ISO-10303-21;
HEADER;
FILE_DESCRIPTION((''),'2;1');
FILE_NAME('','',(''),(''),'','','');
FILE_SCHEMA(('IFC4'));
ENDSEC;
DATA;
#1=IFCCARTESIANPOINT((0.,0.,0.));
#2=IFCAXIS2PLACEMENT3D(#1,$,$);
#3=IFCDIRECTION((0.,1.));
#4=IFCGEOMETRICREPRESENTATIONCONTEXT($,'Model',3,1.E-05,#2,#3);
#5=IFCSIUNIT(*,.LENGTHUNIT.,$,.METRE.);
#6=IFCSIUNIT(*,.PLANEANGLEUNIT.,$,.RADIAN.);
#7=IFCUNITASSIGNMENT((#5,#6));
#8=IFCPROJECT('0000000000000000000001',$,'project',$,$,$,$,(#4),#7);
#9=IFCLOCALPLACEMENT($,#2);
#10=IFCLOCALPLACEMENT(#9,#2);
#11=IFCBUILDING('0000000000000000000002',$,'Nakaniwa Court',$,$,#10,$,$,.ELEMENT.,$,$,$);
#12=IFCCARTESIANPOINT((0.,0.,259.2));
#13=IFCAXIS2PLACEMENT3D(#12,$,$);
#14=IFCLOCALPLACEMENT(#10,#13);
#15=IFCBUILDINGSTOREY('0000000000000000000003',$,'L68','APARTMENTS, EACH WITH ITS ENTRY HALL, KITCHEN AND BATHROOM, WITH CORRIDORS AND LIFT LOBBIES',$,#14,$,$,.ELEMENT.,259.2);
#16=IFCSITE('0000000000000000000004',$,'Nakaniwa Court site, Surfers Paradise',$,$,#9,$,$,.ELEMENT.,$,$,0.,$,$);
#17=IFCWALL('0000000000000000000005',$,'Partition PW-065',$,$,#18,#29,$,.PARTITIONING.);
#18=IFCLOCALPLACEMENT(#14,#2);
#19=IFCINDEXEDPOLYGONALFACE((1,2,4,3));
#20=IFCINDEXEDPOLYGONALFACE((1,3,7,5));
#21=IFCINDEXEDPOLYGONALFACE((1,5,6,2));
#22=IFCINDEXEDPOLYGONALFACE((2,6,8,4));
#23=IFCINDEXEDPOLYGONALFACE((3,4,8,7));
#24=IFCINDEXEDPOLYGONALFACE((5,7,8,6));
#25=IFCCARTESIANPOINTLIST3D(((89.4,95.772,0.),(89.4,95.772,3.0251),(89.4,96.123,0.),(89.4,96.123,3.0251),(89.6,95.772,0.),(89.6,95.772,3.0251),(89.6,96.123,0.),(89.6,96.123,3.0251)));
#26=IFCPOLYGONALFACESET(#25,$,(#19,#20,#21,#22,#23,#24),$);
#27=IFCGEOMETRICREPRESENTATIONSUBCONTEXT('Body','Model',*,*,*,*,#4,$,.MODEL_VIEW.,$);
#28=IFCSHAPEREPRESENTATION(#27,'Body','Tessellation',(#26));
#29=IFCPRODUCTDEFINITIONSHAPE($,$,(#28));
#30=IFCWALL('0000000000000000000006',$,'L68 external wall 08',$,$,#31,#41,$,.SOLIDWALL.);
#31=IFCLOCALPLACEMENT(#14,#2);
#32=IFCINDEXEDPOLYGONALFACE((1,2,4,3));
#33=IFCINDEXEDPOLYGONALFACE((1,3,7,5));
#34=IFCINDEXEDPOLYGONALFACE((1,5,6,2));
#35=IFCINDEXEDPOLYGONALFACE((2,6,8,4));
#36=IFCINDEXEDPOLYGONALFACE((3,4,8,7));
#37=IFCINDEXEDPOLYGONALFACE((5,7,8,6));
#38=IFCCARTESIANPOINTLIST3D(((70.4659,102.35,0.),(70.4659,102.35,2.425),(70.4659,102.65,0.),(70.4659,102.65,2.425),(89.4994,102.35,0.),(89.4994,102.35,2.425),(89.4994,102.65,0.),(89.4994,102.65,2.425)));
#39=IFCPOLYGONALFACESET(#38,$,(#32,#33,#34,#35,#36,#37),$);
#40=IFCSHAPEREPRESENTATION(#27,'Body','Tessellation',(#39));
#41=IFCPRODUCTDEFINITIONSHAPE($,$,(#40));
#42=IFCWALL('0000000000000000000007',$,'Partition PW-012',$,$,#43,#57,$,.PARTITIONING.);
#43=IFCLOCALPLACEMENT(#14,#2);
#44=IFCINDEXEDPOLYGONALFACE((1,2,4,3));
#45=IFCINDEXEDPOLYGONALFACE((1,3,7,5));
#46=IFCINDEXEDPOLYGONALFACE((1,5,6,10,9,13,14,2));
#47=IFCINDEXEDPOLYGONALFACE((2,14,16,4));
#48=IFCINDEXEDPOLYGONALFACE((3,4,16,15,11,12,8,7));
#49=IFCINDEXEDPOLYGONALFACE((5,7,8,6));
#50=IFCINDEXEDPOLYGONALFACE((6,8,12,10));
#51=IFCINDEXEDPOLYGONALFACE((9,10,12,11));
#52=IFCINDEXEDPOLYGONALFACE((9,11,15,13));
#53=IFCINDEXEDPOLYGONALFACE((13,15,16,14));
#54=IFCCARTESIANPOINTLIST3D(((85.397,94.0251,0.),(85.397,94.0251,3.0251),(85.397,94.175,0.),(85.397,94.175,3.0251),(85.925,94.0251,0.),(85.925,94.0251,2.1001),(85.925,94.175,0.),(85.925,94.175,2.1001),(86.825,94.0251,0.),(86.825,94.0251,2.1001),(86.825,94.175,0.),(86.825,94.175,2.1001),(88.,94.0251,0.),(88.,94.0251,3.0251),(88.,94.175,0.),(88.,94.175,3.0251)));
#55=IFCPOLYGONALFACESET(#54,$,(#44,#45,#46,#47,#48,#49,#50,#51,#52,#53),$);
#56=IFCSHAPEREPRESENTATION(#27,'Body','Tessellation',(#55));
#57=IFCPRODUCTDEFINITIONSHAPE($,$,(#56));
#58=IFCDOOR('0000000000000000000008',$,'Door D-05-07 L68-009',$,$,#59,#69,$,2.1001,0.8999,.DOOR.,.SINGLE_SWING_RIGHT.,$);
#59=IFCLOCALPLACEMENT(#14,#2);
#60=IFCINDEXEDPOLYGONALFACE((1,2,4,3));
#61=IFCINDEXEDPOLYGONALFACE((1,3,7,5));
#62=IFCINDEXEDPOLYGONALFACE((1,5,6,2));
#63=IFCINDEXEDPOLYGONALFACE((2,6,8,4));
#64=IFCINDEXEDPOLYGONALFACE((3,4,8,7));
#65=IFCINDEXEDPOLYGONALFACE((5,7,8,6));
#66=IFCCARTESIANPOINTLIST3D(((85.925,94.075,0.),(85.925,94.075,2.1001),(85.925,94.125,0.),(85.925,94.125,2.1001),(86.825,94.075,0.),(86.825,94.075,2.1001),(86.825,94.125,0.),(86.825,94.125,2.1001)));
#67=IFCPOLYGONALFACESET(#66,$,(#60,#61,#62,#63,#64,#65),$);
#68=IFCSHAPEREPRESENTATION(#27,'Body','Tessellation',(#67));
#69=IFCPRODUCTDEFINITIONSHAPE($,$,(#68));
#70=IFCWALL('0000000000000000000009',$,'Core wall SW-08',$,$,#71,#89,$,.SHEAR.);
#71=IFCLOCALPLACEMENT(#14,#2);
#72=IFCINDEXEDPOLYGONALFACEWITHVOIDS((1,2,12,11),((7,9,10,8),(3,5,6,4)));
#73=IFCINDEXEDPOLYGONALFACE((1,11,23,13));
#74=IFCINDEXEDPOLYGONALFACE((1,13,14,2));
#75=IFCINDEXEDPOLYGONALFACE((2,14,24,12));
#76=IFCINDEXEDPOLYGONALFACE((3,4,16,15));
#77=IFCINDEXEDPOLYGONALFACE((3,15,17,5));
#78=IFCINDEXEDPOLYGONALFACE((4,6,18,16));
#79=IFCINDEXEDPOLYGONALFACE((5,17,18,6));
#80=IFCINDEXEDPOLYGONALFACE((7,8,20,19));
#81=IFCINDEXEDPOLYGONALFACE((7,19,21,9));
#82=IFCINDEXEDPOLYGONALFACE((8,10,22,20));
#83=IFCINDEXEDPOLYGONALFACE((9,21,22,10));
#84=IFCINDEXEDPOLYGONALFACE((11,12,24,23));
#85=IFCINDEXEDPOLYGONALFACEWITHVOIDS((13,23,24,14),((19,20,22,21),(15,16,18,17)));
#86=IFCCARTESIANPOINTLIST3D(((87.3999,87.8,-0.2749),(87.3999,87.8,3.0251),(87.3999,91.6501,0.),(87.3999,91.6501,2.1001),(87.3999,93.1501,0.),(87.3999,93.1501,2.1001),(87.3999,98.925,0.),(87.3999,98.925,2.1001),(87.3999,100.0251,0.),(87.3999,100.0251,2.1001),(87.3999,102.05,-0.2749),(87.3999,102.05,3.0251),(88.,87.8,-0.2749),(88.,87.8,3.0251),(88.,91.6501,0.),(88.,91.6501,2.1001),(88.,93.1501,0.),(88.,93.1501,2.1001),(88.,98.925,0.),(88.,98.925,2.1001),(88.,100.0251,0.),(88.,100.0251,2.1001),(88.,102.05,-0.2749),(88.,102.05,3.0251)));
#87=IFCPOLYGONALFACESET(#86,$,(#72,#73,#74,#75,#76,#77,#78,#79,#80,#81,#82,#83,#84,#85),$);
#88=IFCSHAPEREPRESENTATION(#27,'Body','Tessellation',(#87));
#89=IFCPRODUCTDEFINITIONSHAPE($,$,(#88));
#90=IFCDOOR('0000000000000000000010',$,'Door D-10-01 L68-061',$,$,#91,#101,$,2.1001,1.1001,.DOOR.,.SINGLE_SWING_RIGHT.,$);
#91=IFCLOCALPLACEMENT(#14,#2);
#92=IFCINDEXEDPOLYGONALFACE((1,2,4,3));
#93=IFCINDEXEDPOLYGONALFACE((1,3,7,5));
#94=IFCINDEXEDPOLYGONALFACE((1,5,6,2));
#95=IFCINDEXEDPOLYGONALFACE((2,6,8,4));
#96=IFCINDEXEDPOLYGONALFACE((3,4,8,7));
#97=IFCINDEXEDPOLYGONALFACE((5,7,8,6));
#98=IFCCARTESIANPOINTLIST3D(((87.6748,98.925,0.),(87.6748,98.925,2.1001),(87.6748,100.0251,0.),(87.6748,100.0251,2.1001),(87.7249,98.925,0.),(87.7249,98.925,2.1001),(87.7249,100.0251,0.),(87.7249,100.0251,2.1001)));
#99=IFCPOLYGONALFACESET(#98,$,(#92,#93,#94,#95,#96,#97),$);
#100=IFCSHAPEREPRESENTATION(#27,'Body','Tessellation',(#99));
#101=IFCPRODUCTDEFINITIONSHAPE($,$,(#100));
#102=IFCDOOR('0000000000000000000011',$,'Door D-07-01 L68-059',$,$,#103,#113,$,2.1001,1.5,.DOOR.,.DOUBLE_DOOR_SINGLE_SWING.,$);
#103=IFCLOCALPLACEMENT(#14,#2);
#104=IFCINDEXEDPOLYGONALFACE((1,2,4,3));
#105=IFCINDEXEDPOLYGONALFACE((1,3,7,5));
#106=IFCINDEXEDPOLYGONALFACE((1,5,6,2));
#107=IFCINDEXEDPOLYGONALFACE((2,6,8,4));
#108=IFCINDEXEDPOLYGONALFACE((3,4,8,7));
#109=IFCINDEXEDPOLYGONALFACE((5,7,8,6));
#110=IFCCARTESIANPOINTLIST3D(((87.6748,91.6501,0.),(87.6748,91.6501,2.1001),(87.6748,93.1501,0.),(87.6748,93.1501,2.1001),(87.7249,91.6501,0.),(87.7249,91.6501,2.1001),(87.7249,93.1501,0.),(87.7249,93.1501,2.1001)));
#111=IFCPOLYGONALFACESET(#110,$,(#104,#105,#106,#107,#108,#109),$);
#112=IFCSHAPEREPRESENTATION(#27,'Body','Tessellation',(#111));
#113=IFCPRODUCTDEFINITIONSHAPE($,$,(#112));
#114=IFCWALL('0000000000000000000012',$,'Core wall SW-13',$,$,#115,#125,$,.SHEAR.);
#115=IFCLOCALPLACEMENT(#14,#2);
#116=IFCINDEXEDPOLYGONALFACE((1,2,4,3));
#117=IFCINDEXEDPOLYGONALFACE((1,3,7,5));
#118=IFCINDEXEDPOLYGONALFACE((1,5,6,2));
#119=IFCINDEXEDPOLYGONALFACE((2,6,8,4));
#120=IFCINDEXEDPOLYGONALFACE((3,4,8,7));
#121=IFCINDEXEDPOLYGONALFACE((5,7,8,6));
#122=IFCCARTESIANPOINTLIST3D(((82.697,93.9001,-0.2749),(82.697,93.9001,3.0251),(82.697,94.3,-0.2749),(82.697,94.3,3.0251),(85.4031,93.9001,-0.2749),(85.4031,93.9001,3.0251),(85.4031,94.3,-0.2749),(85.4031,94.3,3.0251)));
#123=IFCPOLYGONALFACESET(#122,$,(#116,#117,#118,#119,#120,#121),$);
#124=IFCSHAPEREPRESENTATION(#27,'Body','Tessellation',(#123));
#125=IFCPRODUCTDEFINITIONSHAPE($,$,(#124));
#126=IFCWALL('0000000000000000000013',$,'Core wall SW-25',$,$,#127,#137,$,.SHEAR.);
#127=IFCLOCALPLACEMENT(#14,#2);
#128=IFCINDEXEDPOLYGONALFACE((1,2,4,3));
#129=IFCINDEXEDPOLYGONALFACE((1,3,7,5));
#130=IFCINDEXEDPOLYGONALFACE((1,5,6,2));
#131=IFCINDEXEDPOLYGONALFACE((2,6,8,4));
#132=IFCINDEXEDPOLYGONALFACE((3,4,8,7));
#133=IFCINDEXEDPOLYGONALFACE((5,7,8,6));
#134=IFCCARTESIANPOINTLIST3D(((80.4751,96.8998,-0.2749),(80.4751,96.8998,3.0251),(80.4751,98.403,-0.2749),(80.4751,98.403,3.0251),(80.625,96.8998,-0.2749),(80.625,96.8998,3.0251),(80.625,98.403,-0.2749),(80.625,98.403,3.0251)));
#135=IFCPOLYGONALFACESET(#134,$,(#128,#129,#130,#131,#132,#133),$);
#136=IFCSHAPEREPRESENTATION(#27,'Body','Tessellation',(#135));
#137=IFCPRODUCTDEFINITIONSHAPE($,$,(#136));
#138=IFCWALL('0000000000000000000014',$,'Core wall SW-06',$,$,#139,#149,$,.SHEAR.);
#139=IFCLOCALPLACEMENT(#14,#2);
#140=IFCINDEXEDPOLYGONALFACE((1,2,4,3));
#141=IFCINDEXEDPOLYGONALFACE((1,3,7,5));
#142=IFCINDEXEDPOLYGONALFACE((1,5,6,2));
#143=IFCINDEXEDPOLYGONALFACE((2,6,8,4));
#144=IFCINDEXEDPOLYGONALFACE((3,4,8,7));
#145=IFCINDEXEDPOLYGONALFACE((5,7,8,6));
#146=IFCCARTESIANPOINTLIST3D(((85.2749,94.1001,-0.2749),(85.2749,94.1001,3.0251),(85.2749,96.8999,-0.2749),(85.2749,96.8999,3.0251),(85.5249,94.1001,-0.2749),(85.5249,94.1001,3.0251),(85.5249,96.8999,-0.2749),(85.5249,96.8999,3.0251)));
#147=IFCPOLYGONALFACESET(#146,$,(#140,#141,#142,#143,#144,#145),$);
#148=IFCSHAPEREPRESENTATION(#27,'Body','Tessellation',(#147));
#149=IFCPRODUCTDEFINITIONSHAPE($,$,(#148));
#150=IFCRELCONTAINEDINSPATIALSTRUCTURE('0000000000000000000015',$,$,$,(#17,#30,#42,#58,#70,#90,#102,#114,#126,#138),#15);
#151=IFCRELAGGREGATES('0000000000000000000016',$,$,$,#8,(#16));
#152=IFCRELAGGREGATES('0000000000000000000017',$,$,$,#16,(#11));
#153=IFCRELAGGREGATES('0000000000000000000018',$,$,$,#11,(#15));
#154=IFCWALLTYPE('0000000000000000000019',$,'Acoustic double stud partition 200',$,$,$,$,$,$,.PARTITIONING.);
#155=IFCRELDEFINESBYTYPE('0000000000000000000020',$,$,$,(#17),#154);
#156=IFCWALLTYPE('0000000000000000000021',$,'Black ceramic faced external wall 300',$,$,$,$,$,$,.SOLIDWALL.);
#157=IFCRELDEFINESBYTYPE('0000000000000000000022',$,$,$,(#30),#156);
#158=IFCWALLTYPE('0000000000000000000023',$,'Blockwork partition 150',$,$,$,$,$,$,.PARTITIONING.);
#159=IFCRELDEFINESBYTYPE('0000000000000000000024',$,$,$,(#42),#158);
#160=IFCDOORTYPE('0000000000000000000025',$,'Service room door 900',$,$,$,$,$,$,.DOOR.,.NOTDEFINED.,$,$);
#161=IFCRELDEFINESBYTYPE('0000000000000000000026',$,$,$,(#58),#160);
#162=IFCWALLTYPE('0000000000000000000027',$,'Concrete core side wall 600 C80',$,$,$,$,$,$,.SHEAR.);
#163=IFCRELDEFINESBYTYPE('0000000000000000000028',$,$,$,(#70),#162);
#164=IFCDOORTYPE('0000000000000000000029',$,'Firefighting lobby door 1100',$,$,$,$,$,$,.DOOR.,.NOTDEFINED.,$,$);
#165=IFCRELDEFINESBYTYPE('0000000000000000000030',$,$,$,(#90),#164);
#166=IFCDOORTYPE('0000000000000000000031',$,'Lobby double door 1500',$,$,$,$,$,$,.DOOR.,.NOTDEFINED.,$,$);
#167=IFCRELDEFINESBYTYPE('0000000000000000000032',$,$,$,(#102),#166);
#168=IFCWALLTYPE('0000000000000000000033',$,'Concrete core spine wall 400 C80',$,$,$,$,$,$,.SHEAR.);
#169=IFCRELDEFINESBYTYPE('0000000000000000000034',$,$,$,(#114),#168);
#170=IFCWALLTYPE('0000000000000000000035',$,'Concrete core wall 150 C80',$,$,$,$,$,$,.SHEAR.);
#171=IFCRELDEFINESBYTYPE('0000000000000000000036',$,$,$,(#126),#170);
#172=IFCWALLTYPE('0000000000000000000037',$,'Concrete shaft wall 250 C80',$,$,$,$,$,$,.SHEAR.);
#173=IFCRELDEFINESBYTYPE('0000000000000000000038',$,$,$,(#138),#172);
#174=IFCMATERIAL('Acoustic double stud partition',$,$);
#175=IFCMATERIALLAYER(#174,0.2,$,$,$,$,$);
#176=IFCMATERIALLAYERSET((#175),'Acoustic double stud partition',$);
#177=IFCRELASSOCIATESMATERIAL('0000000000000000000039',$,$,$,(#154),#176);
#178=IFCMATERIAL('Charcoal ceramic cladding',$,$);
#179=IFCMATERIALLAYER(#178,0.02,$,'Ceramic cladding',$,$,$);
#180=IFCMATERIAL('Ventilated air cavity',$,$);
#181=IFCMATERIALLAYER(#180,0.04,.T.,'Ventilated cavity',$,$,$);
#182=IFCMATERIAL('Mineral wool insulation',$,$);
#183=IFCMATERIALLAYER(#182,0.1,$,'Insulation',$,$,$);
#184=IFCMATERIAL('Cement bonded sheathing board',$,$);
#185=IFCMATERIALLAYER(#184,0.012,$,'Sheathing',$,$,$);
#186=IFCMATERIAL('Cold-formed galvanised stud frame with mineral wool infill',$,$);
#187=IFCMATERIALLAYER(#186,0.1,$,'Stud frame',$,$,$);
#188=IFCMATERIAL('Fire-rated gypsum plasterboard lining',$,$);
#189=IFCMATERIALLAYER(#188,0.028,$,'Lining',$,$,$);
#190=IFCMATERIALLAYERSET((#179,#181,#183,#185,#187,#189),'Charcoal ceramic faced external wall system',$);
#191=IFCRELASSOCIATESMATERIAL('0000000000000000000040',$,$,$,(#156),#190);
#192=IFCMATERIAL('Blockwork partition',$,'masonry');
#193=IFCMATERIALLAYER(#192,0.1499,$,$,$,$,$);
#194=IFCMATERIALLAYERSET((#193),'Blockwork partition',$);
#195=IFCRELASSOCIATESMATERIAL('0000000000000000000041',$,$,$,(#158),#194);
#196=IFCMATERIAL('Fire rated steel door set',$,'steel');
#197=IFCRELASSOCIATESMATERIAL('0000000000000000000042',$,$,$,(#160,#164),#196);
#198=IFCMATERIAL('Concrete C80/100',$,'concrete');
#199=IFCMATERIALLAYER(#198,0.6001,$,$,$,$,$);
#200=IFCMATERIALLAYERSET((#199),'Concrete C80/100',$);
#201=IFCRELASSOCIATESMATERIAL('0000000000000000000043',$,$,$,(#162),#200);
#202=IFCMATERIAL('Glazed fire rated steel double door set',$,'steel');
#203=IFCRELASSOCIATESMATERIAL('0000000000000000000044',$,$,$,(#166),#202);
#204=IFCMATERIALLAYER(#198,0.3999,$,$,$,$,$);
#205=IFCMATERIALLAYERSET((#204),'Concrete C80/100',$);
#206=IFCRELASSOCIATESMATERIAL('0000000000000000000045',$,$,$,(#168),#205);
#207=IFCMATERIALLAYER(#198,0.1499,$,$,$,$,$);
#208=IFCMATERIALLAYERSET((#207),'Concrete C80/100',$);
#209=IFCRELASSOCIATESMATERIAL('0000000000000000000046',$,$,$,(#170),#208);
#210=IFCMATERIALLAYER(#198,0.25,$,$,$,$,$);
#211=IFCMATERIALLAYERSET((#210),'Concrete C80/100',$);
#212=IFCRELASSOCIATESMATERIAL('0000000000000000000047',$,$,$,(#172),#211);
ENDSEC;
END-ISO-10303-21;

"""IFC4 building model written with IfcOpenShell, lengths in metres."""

from ifc_helpers import new_model, si_unit, direction, frame, frame_2d, origin, place, context, subcontext, project, spatial, rectangle, extrude, material, layer, layer_set, type_object, element, fill, save


model = new_model("IFC4")

# Units and contexts
model_context = context("Model", 3, precision=1e-05, world=origin(), true_north=direction((0.0, 1.0)))
body_context = subcontext(model_context, "Body", "Model", "MODEL_VIEW")
ifc_project = project(units=[si_unit("LENGTHUNIT", "METRE"), si_unit("PLANEANGLEUNIT", "RADIAN")], contexts=[model_context])

# Site, building, storey
site_placement = place(None, origin())
site = spatial("IfcSite", under=ifc_project, at=site_placement, Name="Nakaniwa Court site, Surfers Paradise", CompositionType="ELEMENT", RefElevation=0.0)
building_placement = place(site_placement, origin())
building = spatial("IfcBuilding", under=site, at=building_placement, Name="Nakaniwa Court", CompositionType="ELEMENT")
storey_placement = place(building_placement, frame((0.0, 0.0, 259.2)))
storey = spatial("IfcBuildingStorey", under=building, at=storey_placement, Name="L68", Description="APARTMENTS, EACH WITH ITS ENTRY HALL, KITCHEN AND BATHROOM, WITH CORRIDORS AND LIFT LOBBIES", CompositionType="ELEMENT", Elevation=259.2)

# Walls
ifc_material_1 = material(Name="Acoustic double stud partition")
ifc_layer_1 = layer(ifc_material_1, 0.2)
ifc_layer_set_1 = layer_set([ifc_layer_1], Name="Acoustic double stud partition")
wall_type_1 = type_object("IfcWallType", Name="Acoustic double stud partition 200", PredefinedType="PARTITIONING", material=ifc_layer_set_1)
wall_1_placement = place(storey_placement, frame((89.5, 95.772, 0.0), z_axis=(0.0, 0.0, 1.0), x_axis=(0.0, 1.0, 0.0)))
element("IfcWall", 1, at=wall_1_placement, inside=storey, type_object=wall_type_1, Name="Partition PW-065", PredefinedType="PARTITIONING", context=body_context, shape_type="SweptSolid", body=[
    extrude(rectangle(XDim=0.3511, YDim=0.2, at=frame_2d((0.1755, 0.0))), origin(), (0.0, 0.0, 1.0), 3.0251),
])
ifc_material_2 = material(Name="Charcoal ceramic cladding")
ifc_layer_2 = layer(ifc_material_2, 0.02, Name="Ceramic cladding")
ifc_material_3 = material(Name="Ventilated air cavity")
ifc_layer_3 = layer(ifc_material_3, 0.04, ventilated=True, Name="Ventilated cavity")
ifc_material_4 = material(Name="Mineral wool insulation")
ifc_layer_4 = layer(ifc_material_4, 0.1, Name="Insulation")
ifc_material_5 = material(Name="Cement bonded sheathing board")
ifc_layer_5 = layer(ifc_material_5, 0.012, Name="Sheathing")
ifc_material_6 = material(Name="Cold-formed galvanised stud frame with mineral wool infill")
ifc_layer_6 = layer(ifc_material_6, 0.1, Name="Stud frame")
ifc_material_7 = material(Name="Fire-rated gypsum plasterboard lining")
ifc_layer_7 = layer(ifc_material_7, 0.028, Name="Lining")
ifc_layer_set_2 = layer_set([ifc_layer_2, ifc_layer_3, ifc_layer_4, ifc_layer_5, ifc_layer_6, ifc_layer_7], Name="Charcoal ceramic faced external wall system")
wall_type_2 = type_object("IfcWallType", Name="Black ceramic faced external wall 300", PredefinedType="SOLIDWALL", material=ifc_layer_set_2)
wall_2_placement = place(storey_placement, frame((89.4993, 102.5, 0.0), z_axis=(0.0, 0.0, 1.0), x_axis=(-1.0, 0.0, 0.0)))
element("IfcWall", 2, at=wall_2_placement, inside=storey, type_object=wall_type_2, Name="L68 external wall 08", PredefinedType="SOLIDWALL", context=body_context, shape_type="SweptSolid", body=[
    extrude(rectangle(XDim=19.0334, YDim=0.3, at=frame_2d((9.5166, 0.0))), origin(), (0.0, 0.0, 1.0), 2.425),
])

# Wall, opening, door
ifc_material_8 = material(Name="Blockwork partition", Category="masonry")
ifc_layer_8 = layer(ifc_material_8, 0.1499)
ifc_layer_set_3 = layer_set([ifc_layer_8], Name="Blockwork partition")
wall_type_3 = type_object("IfcWallType", Name="Blockwork partition 150", PredefinedType="PARTITIONING", material=ifc_layer_set_3)
wall_3_placement = place(storey_placement, frame((85.397, 94.1001, 0.0), z_axis=(0.0, 0.0, 1.0), x_axis=(1.0, 0.0, 0.0)))
wall_3 = element("IfcWall", 3, at=wall_3_placement, inside=storey, type_object=wall_type_3, Name="Partition PW-012", PredefinedType="PARTITIONING", context=body_context, shape_type="SweptSolid", body=[
    extrude(rectangle(XDim=2.603, YDim=0.1499, at=frame_2d((1.3015, 0.0))), origin(), (0.0, 0.0, 1.0), 3.0251),
])
opening_1_placement = place(wall_3_placement, frame((0.5281, 0.0, 0.0)))
opening_1 = element("IfcOpeningElement", 4, at=opening_1_placement, cuts=wall_3, PredefinedType="OPENING", context=body_context, shape_type="SweptSolid", body=[
    extrude(rectangle(XDim=0.8999, YDim=2.1001, at=frame_2d((0.45, 1.05))), frame((0.0, 0.085, 0.0), z_axis=(0.0, -1.0, 0.0), x_axis=(1.0, 0.0, 0.0)), (0.0, 0.0, 1.0), 0.1699),
])
ifc_material_9 = material(Name="Fire rated steel door set", Category="steel")
door_type_1 = type_object("IfcDoorType", Name="Service room door 900", OperationType="NOTDEFINED", PredefinedType="DOOR", material=ifc_material_9)
door_1_placement = place(opening_1_placement, origin())
door_1 = element("IfcDoor", 5, at=door_1_placement, inside=storey, type_object=door_type_1, Name="Door D-05-07 L68-009", OperationType="SINGLE_SWING_RIGHT", OverallHeight=2.1001, OverallWidth=0.8999, PredefinedType="DOOR", context=body_context, shape_type="SweptSolid", body=[
    extrude(rectangle(XDim=0.8999, YDim=2.1001, at=frame_2d((0.45, 1.05))), frame((0.0, 0.0249, 0.0), z_axis=(0.0, -1.0, 0.0), x_axis=(1.0, 0.0, 0.0)), (0.0, 0.0, 1.0), 0.05),
])
fill(opening_1, door_1)

# Wall, openings, doors
ifc_material_10 = material(Name="Concrete C80/100", Category="concrete")
ifc_layer_9 = layer(ifc_material_10, 0.6001)
ifc_layer_set_4 = layer_set([ifc_layer_9], Name="Concrete C80/100")
wall_type_4 = type_object("IfcWallType", Name="Concrete core side wall 600 C80", PredefinedType="SHEAR", material=ifc_layer_set_4)
wall_4_placement = place(storey_placement, frame((87.7, 102.05, -0.2749), z_axis=(0.0, 0.0, 1.0), x_axis=(0.0, -1.0, 0.0)))
wall_4 = element("IfcWall", 6, at=wall_4_placement, inside=storey, type_object=wall_type_4, Name="Core wall SW-08", PredefinedType="SHEAR", context=body_context, shape_type="SweptSolid", body=[
    extrude(rectangle(XDim=14.25, YDim=0.6001, at=frame_2d((7.125, 0.0))), origin(), (0.0, 0.0, 1.0), 3.3),
])
opening_2_placement = place(wall_4_placement, frame((8.8999, 0.0, 0.2749)))
opening_2 = element("IfcOpeningElement", 7, at=opening_2_placement, cuts=wall_4, PredefinedType="OPENING", context=body_context, shape_type="SweptSolid", body=[
    extrude(rectangle(XDim=1.5, YDim=2.1001, at=frame_2d((0.75, 1.05))), frame((0.0, 0.3101, 0.0), z_axis=(0.0, -1.0, 0.0), x_axis=(1.0, 0.0, 0.0)), (0.0, 0.0, 1.0), 0.6201),
])
opening_3_placement = place(wall_4_placement, frame((2.0249, 0.0, 0.2749)))
opening_3 = element("IfcOpeningElement", 8, at=opening_3_placement, cuts=wall_4, PredefinedType="OPENING", context=body_context, shape_type="SweptSolid", body=[
    extrude(rectangle(XDim=1.1001, YDim=2.1001, at=frame_2d((0.55, 1.05))), frame((0.0, 0.3101, 0.0), z_axis=(0.0, -1.0, 0.0), x_axis=(1.0, 0.0, 0.0)), (0.0, 0.0, 1.0), 0.6201),
])
door_type_2 = type_object("IfcDoorType", Name="Firefighting lobby door 1100", OperationType="NOTDEFINED", PredefinedType="DOOR", material=ifc_material_9)
door_2_placement = place(opening_3_placement, origin())
door_2 = element("IfcDoor", 9, at=door_2_placement, inside=storey, type_object=door_type_2, Name="Door D-10-01 L68-061", OperationType="SINGLE_SWING_RIGHT", OverallHeight=2.1001, OverallWidth=1.1001, PredefinedType="DOOR", context=body_context, shape_type="SweptSolid", body=[
    extrude(rectangle(XDim=1.1001, YDim=2.1001, at=frame_2d((0.55, 1.05))), frame((0.0, 0.0249, 0.0), z_axis=(0.0, -1.0, 0.0), x_axis=(1.0, 0.0, 0.0)), (0.0, 0.0, 1.0), 0.05),
])
fill(opening_3, door_2)
ifc_material_11 = material(Name="Glazed fire rated steel double door set", Category="steel")
door_type_3 = type_object("IfcDoorType", Name="Lobby double door 1500", OperationType="NOTDEFINED", PredefinedType="DOOR", material=ifc_material_11)
door_3_placement = place(opening_2_placement, origin())
door_3 = element("IfcDoor", 10, at=door_3_placement, inside=storey, type_object=door_type_3, Name="Door D-07-01 L68-059", OperationType="DOUBLE_DOOR_SINGLE_SWING", OverallHeight=2.1001, OverallWidth=1.5, PredefinedType="DOOR", context=body_context, shape_type="SweptSolid", body=[
    extrude(rectangle(XDim=1.5, YDim=2.1001, at=frame_2d((0.75, 1.05))), frame((0.0, 0.0249, 0.0), z_axis=(0.0, -1.0, 0.0), x_axis=(1.0, 0.0, 0.0)), (0.0, 0.0, 1.0), 0.05),
])
fill(opening_2, door_3)

# Walls
ifc_layer_10 = layer(ifc_material_10, 0.3999)
ifc_layer_set_5 = layer_set([ifc_layer_10], Name="Concrete C80/100")
wall_type_5 = type_object("IfcWallType", Name="Concrete core spine wall 400 C80", PredefinedType="SHEAR", material=ifc_layer_set_5)
wall_5_placement = place(storey_placement, frame((82.697, 94.1001, -0.2749), z_axis=(0.0, 0.0, 1.0), x_axis=(1.0, 0.0, 0.0)))
element("IfcWall", 11, at=wall_5_placement, inside=storey, type_object=wall_type_5, Name="Core wall SW-13", PredefinedType="SHEAR", context=body_context, shape_type="SweptSolid", body=[
    extrude(rectangle(XDim=2.7061, YDim=0.3999, at=frame_2d((1.353, 0.0))), origin(), (0.0, 0.0, 1.0), 3.3),
])
ifc_layer_11 = layer(ifc_material_10, 0.1499)
ifc_layer_set_6 = layer_set([ifc_layer_11], Name="Concrete C80/100")
wall_type_6 = type_object("IfcWallType", Name="Concrete core wall 150 C80", PredefinedType="SHEAR", material=ifc_layer_set_6)
wall_6_placement = place(storey_placement, frame((80.55, 96.8999, -0.2749), z_axis=(0.0, 0.0, 1.0), x_axis=(0.0, 1.0, 0.0)))
element("IfcWall", 12, at=wall_6_placement, inside=storey, type_object=wall_type_6, Name="Core wall SW-25", PredefinedType="SHEAR", context=body_context, shape_type="SweptSolid", body=[
    extrude(rectangle(XDim=1.5032, YDim=0.1499, at=frame_2d((0.7515, 0.0))), origin(), (0.0, 0.0, 1.0), 3.3),
])
ifc_layer_12 = layer(ifc_material_10, 0.25)
ifc_layer_set_7 = layer_set([ifc_layer_12], Name="Concrete C80/100")
wall_type_7 = type_object("IfcWallType", Name="Concrete shaft wall 250 C80", PredefinedType="SHEAR", material=ifc_layer_set_7)
wall_7_placement = place(storey_placement, frame((85.3999, 94.1001, -0.2749), z_axis=(0.0, 0.0, 1.0), x_axis=(0.0, 1.0, 0.0)))
element("IfcWall", 13, at=wall_7_placement, inside=storey, type_object=wall_type_7, Name="Core wall SW-06", PredefinedType="SHEAR", context=body_context, shape_type="SweptSolid", body=[
    extrude(rectangle(XDim=2.7998, YDim=0.25, at=frame_2d((1.3999, 0.0))), origin(), (0.0, 0.0, 1.0), 3.3),
])

save(model, "model.ifc")
